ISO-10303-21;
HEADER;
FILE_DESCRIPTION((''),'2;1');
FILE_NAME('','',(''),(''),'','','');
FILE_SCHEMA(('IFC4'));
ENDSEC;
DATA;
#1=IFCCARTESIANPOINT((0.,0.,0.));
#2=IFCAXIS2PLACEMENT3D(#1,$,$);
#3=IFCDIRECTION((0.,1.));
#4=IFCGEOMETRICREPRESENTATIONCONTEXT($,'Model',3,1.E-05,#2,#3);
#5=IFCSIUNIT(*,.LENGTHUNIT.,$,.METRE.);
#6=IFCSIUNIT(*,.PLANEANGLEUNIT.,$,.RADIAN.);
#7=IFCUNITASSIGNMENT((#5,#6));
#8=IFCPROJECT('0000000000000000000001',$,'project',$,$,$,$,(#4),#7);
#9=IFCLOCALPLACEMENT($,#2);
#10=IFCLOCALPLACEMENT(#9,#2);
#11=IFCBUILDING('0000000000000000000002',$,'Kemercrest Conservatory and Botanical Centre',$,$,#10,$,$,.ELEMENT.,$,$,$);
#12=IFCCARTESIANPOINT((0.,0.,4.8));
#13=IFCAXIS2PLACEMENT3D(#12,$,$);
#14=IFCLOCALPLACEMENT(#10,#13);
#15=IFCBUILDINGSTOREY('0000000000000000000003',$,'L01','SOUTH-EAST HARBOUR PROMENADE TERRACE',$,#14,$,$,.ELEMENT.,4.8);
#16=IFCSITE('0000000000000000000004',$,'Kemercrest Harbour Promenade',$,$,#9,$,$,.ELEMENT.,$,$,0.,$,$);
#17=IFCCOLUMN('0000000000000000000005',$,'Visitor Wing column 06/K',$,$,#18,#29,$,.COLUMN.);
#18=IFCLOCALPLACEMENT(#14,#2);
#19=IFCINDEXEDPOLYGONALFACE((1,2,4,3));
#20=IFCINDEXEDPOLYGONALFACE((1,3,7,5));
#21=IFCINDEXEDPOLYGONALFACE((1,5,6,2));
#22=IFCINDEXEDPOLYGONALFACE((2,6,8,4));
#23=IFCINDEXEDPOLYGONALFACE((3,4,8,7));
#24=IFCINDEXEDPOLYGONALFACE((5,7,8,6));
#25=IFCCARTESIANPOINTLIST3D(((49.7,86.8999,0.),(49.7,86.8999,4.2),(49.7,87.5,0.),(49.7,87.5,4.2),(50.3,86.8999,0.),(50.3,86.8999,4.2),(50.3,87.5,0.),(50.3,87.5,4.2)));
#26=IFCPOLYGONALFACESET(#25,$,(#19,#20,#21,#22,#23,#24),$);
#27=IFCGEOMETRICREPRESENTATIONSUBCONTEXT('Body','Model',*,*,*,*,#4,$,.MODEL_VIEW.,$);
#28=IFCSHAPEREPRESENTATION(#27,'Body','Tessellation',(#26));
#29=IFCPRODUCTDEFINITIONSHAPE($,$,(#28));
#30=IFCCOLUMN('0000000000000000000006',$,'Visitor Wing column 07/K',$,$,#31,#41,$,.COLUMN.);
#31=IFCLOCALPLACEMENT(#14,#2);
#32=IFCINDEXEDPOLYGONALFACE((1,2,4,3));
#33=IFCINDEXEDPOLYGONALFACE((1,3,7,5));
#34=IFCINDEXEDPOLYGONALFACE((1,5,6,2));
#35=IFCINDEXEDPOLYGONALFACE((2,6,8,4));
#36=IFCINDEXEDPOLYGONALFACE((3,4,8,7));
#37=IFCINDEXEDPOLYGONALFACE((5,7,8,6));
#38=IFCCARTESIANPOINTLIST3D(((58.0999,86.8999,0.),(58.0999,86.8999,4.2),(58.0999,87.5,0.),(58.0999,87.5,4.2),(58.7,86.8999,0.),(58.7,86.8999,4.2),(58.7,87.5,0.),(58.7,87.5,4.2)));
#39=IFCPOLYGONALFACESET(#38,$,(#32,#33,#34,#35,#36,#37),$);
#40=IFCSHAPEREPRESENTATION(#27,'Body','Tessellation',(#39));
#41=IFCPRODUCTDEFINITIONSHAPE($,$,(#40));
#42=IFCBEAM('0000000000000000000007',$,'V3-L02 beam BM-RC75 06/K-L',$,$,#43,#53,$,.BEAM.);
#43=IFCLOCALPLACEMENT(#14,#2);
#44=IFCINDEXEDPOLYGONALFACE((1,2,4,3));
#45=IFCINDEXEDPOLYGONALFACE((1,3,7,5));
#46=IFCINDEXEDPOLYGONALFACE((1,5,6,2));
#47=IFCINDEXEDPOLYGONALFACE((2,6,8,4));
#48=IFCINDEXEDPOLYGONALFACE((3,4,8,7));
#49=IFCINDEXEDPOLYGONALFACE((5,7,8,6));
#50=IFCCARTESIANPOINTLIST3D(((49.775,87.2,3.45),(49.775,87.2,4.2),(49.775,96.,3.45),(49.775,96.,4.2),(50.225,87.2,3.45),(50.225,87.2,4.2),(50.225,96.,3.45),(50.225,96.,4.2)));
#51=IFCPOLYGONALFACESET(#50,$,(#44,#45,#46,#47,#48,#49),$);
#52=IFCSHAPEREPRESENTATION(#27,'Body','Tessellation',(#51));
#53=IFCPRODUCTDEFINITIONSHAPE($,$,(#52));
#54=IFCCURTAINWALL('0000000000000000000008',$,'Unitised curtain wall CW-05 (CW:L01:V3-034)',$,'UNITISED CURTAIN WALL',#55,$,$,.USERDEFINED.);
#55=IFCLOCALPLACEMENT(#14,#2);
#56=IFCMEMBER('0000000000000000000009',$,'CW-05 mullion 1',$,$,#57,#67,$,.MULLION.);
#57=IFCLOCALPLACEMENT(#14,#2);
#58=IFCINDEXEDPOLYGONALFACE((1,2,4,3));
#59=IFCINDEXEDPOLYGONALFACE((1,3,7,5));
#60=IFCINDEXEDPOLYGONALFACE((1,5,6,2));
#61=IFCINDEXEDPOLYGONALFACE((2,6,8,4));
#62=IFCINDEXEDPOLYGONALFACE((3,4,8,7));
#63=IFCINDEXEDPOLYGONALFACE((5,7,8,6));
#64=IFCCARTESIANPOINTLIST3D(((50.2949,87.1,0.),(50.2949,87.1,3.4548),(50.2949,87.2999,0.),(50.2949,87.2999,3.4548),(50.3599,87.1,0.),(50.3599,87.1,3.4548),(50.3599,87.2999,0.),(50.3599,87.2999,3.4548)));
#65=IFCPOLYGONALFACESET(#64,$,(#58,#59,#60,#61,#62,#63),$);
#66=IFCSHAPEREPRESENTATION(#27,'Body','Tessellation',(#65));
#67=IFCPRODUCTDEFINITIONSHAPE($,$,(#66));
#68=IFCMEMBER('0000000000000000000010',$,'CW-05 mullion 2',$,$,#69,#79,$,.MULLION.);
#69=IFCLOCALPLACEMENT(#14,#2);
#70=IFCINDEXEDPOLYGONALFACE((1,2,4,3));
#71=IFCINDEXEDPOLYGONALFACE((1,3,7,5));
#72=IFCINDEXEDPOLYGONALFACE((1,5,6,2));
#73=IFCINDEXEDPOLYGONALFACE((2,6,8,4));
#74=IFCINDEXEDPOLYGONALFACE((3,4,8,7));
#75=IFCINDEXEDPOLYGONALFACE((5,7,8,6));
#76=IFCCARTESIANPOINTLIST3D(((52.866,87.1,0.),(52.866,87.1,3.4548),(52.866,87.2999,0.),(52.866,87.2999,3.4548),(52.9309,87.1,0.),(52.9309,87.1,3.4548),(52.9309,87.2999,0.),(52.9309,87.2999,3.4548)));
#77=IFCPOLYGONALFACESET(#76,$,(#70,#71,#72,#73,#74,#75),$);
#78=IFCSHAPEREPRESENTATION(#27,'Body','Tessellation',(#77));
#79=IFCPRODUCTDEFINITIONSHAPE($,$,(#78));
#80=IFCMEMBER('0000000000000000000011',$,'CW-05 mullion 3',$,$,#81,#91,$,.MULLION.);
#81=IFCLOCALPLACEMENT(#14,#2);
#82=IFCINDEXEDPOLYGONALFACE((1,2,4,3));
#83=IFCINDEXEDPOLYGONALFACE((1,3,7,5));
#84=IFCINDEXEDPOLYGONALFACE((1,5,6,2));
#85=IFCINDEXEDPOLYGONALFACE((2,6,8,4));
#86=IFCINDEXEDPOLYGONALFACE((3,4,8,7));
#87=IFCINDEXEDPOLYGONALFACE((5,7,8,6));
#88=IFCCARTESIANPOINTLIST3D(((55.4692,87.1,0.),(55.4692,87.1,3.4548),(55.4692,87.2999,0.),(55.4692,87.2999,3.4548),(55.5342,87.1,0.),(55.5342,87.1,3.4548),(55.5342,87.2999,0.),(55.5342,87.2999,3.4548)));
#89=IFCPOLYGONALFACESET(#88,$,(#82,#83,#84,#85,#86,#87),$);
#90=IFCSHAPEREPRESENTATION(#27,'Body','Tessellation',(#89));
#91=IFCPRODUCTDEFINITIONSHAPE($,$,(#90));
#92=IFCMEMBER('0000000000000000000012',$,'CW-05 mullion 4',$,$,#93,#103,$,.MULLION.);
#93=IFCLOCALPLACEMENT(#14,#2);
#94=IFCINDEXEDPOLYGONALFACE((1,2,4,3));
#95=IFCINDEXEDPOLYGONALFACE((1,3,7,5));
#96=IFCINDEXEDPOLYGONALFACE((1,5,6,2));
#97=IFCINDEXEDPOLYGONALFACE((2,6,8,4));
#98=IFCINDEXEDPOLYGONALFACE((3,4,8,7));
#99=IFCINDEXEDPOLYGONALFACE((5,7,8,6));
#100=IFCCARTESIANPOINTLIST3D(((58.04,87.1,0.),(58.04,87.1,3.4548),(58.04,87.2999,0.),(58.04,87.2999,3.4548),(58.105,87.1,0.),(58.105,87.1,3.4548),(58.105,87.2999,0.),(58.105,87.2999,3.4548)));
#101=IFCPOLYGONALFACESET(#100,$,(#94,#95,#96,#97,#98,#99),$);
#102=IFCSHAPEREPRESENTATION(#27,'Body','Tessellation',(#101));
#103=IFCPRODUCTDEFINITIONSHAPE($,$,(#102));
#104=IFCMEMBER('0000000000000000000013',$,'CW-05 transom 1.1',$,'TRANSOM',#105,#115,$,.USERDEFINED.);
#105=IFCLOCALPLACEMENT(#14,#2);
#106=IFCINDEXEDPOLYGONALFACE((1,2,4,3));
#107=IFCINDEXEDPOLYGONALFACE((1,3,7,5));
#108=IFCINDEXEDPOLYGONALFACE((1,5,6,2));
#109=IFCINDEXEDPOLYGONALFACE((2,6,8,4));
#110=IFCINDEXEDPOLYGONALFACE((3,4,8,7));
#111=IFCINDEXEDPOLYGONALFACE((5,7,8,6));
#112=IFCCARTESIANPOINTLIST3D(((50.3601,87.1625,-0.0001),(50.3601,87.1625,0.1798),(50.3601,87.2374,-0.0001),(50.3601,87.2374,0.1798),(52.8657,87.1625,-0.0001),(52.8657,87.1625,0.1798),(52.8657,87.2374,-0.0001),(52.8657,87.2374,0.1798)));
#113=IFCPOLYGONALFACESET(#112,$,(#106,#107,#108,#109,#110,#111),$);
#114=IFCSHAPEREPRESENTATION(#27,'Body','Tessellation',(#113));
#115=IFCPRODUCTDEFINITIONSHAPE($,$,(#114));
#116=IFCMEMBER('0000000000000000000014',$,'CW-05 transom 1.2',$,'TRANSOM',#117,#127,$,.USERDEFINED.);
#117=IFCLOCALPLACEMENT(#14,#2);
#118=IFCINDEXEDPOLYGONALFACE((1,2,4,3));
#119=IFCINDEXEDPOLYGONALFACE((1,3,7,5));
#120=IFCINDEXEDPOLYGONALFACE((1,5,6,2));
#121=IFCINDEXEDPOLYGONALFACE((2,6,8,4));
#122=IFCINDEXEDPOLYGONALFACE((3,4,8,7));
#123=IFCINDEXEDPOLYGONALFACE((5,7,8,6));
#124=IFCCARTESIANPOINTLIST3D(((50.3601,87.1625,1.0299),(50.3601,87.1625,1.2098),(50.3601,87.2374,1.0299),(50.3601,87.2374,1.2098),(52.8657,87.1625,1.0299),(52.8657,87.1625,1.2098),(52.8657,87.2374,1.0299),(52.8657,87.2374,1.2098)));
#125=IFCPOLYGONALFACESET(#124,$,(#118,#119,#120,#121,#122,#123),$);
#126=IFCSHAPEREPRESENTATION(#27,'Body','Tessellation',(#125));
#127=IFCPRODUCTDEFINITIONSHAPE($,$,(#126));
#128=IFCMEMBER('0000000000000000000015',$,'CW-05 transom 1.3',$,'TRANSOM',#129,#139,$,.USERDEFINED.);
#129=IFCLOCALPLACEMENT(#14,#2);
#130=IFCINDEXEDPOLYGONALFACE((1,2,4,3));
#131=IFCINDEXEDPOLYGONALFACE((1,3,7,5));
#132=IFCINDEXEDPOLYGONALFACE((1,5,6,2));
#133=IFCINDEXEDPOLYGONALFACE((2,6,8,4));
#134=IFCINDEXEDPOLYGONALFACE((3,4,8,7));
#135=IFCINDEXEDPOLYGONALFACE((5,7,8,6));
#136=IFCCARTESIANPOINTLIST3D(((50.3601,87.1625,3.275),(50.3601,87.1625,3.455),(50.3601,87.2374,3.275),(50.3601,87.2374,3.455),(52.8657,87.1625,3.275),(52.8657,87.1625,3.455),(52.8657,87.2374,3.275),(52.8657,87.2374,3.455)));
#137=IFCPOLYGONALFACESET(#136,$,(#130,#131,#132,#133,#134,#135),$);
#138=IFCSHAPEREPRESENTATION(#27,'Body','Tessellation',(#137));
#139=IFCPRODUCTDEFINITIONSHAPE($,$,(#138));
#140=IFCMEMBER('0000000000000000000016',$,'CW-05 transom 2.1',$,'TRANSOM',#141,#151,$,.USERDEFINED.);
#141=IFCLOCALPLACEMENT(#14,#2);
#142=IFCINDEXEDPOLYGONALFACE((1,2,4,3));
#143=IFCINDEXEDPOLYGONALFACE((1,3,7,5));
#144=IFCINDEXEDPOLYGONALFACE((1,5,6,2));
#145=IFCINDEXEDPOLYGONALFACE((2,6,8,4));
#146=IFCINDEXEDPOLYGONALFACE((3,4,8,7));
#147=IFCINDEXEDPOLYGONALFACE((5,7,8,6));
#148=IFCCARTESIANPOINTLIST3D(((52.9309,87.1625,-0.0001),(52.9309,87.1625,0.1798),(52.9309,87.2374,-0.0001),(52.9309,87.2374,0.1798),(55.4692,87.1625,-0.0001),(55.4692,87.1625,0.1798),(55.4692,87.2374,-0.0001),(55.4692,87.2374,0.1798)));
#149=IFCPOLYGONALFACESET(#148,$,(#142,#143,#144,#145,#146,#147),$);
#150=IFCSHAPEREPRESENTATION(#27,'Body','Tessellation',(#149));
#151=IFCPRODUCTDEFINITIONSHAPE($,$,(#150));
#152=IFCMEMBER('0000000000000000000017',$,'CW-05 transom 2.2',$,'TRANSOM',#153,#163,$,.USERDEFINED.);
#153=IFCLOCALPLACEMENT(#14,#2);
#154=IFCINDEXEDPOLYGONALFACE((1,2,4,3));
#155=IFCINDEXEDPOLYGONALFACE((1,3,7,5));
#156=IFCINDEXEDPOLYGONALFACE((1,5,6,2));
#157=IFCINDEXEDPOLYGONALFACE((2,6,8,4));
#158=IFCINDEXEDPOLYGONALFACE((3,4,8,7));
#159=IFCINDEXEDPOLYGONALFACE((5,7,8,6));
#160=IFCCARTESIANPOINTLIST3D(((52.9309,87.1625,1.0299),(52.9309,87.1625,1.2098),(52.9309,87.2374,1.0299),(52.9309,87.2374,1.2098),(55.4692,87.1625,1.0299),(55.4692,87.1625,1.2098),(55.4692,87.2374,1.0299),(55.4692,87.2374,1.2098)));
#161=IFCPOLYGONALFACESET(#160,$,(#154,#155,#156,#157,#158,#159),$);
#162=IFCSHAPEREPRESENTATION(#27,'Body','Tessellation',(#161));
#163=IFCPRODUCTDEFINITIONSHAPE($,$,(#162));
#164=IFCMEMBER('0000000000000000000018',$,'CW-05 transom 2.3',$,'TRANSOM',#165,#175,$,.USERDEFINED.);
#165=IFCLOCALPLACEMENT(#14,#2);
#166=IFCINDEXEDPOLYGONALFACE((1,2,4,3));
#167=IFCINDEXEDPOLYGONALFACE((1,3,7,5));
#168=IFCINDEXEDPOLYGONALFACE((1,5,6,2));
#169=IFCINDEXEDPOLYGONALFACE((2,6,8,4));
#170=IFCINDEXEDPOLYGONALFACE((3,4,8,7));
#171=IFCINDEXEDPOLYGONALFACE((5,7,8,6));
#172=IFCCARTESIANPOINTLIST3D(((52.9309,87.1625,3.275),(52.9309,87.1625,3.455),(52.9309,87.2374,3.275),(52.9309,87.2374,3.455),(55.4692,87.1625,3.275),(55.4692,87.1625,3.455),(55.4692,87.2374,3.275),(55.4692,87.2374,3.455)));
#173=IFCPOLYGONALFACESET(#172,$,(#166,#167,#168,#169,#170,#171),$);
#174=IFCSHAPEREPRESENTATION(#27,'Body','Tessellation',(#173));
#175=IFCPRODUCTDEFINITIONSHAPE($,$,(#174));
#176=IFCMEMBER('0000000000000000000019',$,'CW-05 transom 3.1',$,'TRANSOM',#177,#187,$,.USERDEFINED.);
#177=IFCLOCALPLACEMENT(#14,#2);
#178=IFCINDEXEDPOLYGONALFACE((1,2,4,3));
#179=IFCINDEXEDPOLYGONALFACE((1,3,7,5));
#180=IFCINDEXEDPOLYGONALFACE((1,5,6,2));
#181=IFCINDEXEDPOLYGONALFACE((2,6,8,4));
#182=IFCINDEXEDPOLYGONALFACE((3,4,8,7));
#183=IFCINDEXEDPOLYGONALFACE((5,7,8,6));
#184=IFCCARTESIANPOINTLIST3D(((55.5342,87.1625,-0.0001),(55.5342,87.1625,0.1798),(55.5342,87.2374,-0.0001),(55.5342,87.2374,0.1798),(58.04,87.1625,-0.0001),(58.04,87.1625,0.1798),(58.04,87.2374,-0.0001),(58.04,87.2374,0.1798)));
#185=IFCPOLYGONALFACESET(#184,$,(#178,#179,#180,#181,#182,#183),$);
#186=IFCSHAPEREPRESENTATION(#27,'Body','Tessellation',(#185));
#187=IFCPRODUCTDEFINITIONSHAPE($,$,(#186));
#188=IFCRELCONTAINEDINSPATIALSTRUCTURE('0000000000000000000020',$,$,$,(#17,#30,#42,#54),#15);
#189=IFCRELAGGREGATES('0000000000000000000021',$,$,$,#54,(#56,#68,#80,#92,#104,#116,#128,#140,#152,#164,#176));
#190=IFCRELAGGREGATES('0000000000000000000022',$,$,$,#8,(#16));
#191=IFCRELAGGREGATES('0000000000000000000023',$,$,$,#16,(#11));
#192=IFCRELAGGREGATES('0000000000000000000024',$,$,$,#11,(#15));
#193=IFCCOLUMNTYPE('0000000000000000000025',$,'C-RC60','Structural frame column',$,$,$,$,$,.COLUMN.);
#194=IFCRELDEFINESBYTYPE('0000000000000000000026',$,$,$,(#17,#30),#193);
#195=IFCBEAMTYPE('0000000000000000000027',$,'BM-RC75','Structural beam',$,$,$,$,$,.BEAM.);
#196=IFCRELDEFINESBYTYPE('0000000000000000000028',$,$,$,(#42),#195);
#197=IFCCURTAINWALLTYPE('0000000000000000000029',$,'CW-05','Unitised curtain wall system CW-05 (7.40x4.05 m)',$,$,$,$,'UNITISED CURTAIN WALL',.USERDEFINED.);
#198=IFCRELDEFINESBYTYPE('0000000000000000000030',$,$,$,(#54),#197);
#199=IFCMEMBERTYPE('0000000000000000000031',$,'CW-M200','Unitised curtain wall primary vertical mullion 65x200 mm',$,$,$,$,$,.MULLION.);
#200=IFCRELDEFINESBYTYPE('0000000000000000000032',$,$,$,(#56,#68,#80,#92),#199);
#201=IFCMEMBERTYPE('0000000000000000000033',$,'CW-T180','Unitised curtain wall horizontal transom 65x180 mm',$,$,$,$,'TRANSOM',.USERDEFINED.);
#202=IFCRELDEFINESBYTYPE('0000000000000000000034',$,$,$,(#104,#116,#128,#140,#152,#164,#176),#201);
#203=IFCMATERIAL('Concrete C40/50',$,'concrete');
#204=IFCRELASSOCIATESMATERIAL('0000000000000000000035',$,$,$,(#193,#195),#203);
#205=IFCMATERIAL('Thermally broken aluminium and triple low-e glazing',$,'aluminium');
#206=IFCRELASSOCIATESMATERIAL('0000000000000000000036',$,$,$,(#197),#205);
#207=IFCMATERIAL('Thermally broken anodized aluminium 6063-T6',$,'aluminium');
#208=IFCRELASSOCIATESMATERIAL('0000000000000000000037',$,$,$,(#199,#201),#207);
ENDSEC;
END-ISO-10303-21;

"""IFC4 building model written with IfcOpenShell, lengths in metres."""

from ifc_helpers import new_model, si_unit, direction, frame, origin, origin_2d, place, context, subcontext, project, spatial, rectangle, extrude, material, material_profile, profile_set, type_object, element, aggregate, save


model = new_model("IFC4")

# Units and contexts
model_context = context("Model", 3, precision=1e-05, world=origin(), true_north=direction((0.0, 1.0)))
body_context = subcontext(model_context, "Body", "Model", "MODEL_VIEW")
ifc_project = project(units=[si_unit("LENGTHUNIT", "METRE"), si_unit("PLANEANGLEUNIT", "RADIAN")], contexts=[model_context])

# Site, building, storey
site_placement = place(None, origin())
site = spatial("IfcSite", under=ifc_project, at=site_placement, Name="Kemercrest Harbour Promenade", CompositionType="ELEMENT", RefElevation=0.0)
building_placement = place(site_placement, origin())
building = spatial("IfcBuilding", under=site, at=building_placement, Name="Kemercrest Conservatory and Botanical Centre", CompositionType="ELEMENT")
storey_placement = place(building_placement, frame((0.0, 0.0, 4.8)))
storey = spatial("IfcBuildingStorey", under=building, at=storey_placement, Name="L01", Description="SOUTH-EAST HARBOUR PROMENADE TERRACE", CompositionType="ELEMENT", Elevation=4.8)

# Columns
ifc_material_1 = material(Name="Concrete C40/50", Category="concrete")
ifc_material_profile_1 = material_profile(ifc_material_1, rectangle(XDim=0.6001, YDim=0.6001, at=origin_2d()), Name="RC 600x600")
ifc_profile_set_1 = profile_set([ifc_material_profile_1], Name="Concrete C40/50")
column_type = type_object("IfcColumnType", Name="C-RC60", Description="Structural frame column", PredefinedType="COLUMN", material=ifc_profile_set_1)
for number, where, z_axis, x_axis, name in (
    (1, (50.0, 87.2, 0.0), (0.0, 0.0, 1.0), (1.0, 0.0, 0.0), "Visitor Wing column 06/K"),
    (2, (58.3999, 87.2, 0.0), (0.0, 0.0, 1.0), (1.0, 0.0, 0.0), "Visitor Wing column 07/K"),
):
    element("IfcColumn", number, at=place(storey_placement, frame(where, z_axis=z_axis, x_axis=x_axis)), inside=storey, type_object=column_type, Name=name, PredefinedType="COLUMN", context=body_context, shape_type="SweptSolid", body=[
        extrude(rectangle(XDim=0.6001, YDim=0.6001, at=origin_2d()), origin(), (0.0, 0.0, 1.0), 4.2),
    ])

# Beam
ifc_material_profile_2 = material_profile(ifc_material_1, rectangle(XDim=0.45, YDim=0.75, at=origin_2d()), Name="RC 450x750")
ifc_profile_set_2 = profile_set([ifc_material_profile_2], Name="Concrete C40/50")
beam_type_1 = type_object("IfcBeamType", Name="BM-RC75", Description="Structural beam", PredefinedType="BEAM", material=ifc_profile_set_2)
beam_1_placement = place(storey_placement, frame((50.0, 87.2, 3.825), z_axis=(0.0, 1.0, 0.0), x_axis=(-1.0, 0.0, 0.0)))
element("IfcBeam", 3, at=beam_1_placement, inside=storey, type_object=beam_type_1, Name="V3-L02 beam BM-RC75 06/K-L", PredefinedType="BEAM", context=body_context, shape_type="SweptSolid", body=[
    extrude(rectangle(XDim=0.45, YDim=0.75, at=origin_2d()), origin(), (0.0, 0.0, 1.0), 8.8),
])

# Curtain wall, members
ifc_material_2 = material(Name="Thermally broken aluminium and triple low-e glazing", Category="aluminium")
curtain_wall_type = type_object("IfcCurtainWallType", Name="CW-05", Description="Unitised curtain wall system CW-05 (7.40x4.05 m)", ElementType="UNITISED CURTAIN WALL", PredefinedType="USERDEFINED", material=ifc_material_2)
curtain_wall_placement = place(storey_placement, origin())
curtain_wall = element("IfcCurtainWall", 4, at=curtain_wall_placement, inside=storey, type_object=curtain_wall_type, Name="Unitised curtain wall CW-05 (CW:L01:V3-034)", ObjectType="UNITISED CURTAIN WALL", PredefinedType="USERDEFINED")
ifc_material_3 = material(Name="Thermally broken anodized aluminium 6063-T6", Category="aluminium")
ifc_material_profile_3 = material_profile(ifc_material_3, rectangle(XDim=0.2, YDim=0.0649, at=origin_2d()), Name="AL MULLION 65x200")
ifc_profile_set_3 = profile_set([ifc_material_profile_3], Name="Thermally broken anodized aluminium 6063-T6")
member_type_1 = type_object("IfcMemberType", Name="CW-M200", Description="Unitised curtain wall primary vertical mullion 65x200 mm", PredefinedType="MULLION", material=ifc_profile_set_3)
member_1_placement = place(storey_placement, frame((50.3274, 87.2, 0.0), z_axis=(0.0, 0.0, 1.0), x_axis=(0.0, 1.0, 0.0)))
member_1 = element("IfcMember", 5, at=member_1_placement, type_object=member_type_1, Name="CW-05 mullion 1", PredefinedType="MULLION", context=body_context, shape_type="SweptSolid", body=[
    extrude(rectangle(XDim=0.2, YDim=0.0649, at=origin_2d()), origin(), (0.0, 0.0, 1.0), 3.4548),
])
member_2_placement = place(storey_placement, frame((52.8984, 87.2, 0.0), z_axis=(0.0, 0.0, 1.0), x_axis=(0.0, 1.0, 0.0)))
member_2 = element("IfcMember", 6, at=member_2_placement, type_object=member_type_1, Name="CW-05 mullion 2", PredefinedType="MULLION", context=body_context, shape_type="SweptSolid", body=[
    extrude(rectangle(XDim=0.2, YDim=0.0649, at=origin_2d()), origin(), (0.0, 0.0, 1.0), 3.4548),
])
member_3_placement = place(storey_placement, frame((55.5017, 87.2, 0.0), z_axis=(0.0, 0.0, 1.0), x_axis=(0.0, 1.0, 0.0)))
member_3 = element("IfcMember", 7, at=member_3_placement, type_object=member_type_1, Name="CW-05 mullion 3", PredefinedType="MULLION", context=body_context, shape_type="SweptSolid", body=[
    extrude(rectangle(XDim=0.2, YDim=0.0649, at=origin_2d()), origin(), (0.0, 0.0, 1.0), 3.4548),
])
member_4_placement = place(storey_placement, frame((58.0725, 87.2, 0.0), z_axis=(0.0, 0.0, 1.0), x_axis=(0.0, 1.0, 0.0)))
member_4 = element("IfcMember", 8, at=member_4_placement, type_object=member_type_1, Name="CW-05 mullion 4", PredefinedType="MULLION", context=body_context, shape_type="SweptSolid", body=[
    extrude(rectangle(XDim=0.2, YDim=0.0649, at=origin_2d()), origin(), (0.0, 0.0, 1.0), 3.4548),
])
ifc_material_profile_4 = material_profile(ifc_material_3, rectangle(XDim=0.075, YDim=0.1799, at=origin_2d()), Name="AL TRANSOM 75x180")
ifc_profile_set_4 = profile_set([ifc_material_profile_4], Name="Thermally broken anodized aluminium 6063-T6")
member_type_2 = type_object("IfcMemberType", Name="CW-T180", Description="Unitised curtain wall horizontal transom 65x180 mm", ElementType="TRANSOM", PredefinedType="USERDEFINED", material=ifc_profile_set_4)
member_5_placement = place(storey_placement, frame((50.3601, 87.2, 0.0898), z_axis=(1.0, 0.0, 0.0), x_axis=(0.0, 1.0, 0.0)))
member_5 = element("IfcMember", 9, at=member_5_placement, type_object=member_type_2, Name="CW-05 transom 1.1", ObjectType="TRANSOM", PredefinedType="USERDEFINED", context=body_context, shape_type="SweptSolid", body=[
    extrude(rectangle(XDim=0.075, YDim=0.1799, at=origin_2d()), origin(), (0.0, 0.0, 1.0), 2.5056),
])
member_6_placement = place(storey_placement, frame((50.3601, 87.2, 1.1199), z_axis=(1.0, 0.0, 0.0), x_axis=(0.0, 1.0, 0.0)))
member_6 = element("IfcMember", 10, at=member_6_placement, type_object=member_type_2, Name="CW-05 transom 1.2", ObjectType="TRANSOM", PredefinedType="USERDEFINED", context=body_context, shape_type="SweptSolid", body=[
    extrude(rectangle(XDim=0.075, YDim=0.1799, at=origin_2d()), origin(), (0.0, 0.0, 1.0), 2.5056),
])
member_7_placement = place(storey_placement, frame((50.3601, 87.2, 3.365), z_axis=(1.0, 0.0, 0.0), x_axis=(0.0, 1.0, 0.0)))
member_7 = element("IfcMember", 11, at=member_7_placement, type_object=member_type_2, Name="CW-05 transom 1.3", ObjectType="TRANSOM", PredefinedType="USERDEFINED", context=body_context, shape_type="SweptSolid", body=[
    extrude(rectangle(XDim=0.075, YDim=0.1799, at=origin_2d()), origin(), (0.0, 0.0, 1.0), 2.5056),
])
member_8_placement = place(storey_placement, frame((52.9309, 87.2, 0.0898), z_axis=(1.0, 0.0, 0.0), x_axis=(0.0, 1.0, 0.0)))
member_8 = element("IfcMember", 12, at=member_8_placement, type_object=member_type_2, Name="CW-05 transom 2.1", ObjectType="TRANSOM", PredefinedType="USERDEFINED", context=body_context, shape_type="SweptSolid", body=[
    extrude(rectangle(XDim=0.075, YDim=0.1799, at=origin_2d()), origin(), (0.0, 0.0, 1.0), 2.5383),
])
member_9_placement = place(storey_placement, frame((52.9309, 87.2, 1.1199), z_axis=(1.0, 0.0, 0.0), x_axis=(0.0, 1.0, 0.0)))
member_9 = element("IfcMember", 13, at=member_9_placement, type_object=member_type_2, Name="CW-05 transom 2.2", ObjectType="TRANSOM", PredefinedType="USERDEFINED", context=body_context, shape_type="SweptSolid", body=[
    extrude(rectangle(XDim=0.075, YDim=0.1799, at=origin_2d()), origin(), (0.0, 0.0, 1.0), 2.5383),
])
member_10_placement = place(storey_placement, frame((52.9309, 87.2, 3.365), z_axis=(1.0, 0.0, 0.0), x_axis=(0.0, 1.0, 0.0)))
member_10 = element("IfcMember", 14, at=member_10_placement, type_object=member_type_2, Name="CW-05 transom 2.3", ObjectType="TRANSOM", PredefinedType="USERDEFINED", context=body_context, shape_type="SweptSolid", body=[
    extrude(rectangle(XDim=0.075, YDim=0.1799, at=origin_2d()), origin(), (0.0, 0.0, 1.0), 2.5383),
])
member_11_placement = place(storey_placement, frame((55.5342, 87.2, 0.0898), z_axis=(1.0, 0.0, 0.0), x_axis=(0.0, 1.0, 0.0)))
member_11 = element("IfcMember", 15, at=member_11_placement, type_object=member_type_2, Name="CW-05 transom 3.1", ObjectType="TRANSOM", PredefinedType="USERDEFINED", context=body_context, shape_type="SweptSolid", body=[
    extrude(rectangle(XDim=0.075, YDim=0.1799, at=origin_2d()), origin(), (0.0, 0.0, 1.0), 2.5059),
])

aggregate(curtain_wall, [member_1, member_2, member_3, member_4, member_5, member_6, member_7, member_8, member_9, member_10, member_11])

save(model, "model.ifc")
